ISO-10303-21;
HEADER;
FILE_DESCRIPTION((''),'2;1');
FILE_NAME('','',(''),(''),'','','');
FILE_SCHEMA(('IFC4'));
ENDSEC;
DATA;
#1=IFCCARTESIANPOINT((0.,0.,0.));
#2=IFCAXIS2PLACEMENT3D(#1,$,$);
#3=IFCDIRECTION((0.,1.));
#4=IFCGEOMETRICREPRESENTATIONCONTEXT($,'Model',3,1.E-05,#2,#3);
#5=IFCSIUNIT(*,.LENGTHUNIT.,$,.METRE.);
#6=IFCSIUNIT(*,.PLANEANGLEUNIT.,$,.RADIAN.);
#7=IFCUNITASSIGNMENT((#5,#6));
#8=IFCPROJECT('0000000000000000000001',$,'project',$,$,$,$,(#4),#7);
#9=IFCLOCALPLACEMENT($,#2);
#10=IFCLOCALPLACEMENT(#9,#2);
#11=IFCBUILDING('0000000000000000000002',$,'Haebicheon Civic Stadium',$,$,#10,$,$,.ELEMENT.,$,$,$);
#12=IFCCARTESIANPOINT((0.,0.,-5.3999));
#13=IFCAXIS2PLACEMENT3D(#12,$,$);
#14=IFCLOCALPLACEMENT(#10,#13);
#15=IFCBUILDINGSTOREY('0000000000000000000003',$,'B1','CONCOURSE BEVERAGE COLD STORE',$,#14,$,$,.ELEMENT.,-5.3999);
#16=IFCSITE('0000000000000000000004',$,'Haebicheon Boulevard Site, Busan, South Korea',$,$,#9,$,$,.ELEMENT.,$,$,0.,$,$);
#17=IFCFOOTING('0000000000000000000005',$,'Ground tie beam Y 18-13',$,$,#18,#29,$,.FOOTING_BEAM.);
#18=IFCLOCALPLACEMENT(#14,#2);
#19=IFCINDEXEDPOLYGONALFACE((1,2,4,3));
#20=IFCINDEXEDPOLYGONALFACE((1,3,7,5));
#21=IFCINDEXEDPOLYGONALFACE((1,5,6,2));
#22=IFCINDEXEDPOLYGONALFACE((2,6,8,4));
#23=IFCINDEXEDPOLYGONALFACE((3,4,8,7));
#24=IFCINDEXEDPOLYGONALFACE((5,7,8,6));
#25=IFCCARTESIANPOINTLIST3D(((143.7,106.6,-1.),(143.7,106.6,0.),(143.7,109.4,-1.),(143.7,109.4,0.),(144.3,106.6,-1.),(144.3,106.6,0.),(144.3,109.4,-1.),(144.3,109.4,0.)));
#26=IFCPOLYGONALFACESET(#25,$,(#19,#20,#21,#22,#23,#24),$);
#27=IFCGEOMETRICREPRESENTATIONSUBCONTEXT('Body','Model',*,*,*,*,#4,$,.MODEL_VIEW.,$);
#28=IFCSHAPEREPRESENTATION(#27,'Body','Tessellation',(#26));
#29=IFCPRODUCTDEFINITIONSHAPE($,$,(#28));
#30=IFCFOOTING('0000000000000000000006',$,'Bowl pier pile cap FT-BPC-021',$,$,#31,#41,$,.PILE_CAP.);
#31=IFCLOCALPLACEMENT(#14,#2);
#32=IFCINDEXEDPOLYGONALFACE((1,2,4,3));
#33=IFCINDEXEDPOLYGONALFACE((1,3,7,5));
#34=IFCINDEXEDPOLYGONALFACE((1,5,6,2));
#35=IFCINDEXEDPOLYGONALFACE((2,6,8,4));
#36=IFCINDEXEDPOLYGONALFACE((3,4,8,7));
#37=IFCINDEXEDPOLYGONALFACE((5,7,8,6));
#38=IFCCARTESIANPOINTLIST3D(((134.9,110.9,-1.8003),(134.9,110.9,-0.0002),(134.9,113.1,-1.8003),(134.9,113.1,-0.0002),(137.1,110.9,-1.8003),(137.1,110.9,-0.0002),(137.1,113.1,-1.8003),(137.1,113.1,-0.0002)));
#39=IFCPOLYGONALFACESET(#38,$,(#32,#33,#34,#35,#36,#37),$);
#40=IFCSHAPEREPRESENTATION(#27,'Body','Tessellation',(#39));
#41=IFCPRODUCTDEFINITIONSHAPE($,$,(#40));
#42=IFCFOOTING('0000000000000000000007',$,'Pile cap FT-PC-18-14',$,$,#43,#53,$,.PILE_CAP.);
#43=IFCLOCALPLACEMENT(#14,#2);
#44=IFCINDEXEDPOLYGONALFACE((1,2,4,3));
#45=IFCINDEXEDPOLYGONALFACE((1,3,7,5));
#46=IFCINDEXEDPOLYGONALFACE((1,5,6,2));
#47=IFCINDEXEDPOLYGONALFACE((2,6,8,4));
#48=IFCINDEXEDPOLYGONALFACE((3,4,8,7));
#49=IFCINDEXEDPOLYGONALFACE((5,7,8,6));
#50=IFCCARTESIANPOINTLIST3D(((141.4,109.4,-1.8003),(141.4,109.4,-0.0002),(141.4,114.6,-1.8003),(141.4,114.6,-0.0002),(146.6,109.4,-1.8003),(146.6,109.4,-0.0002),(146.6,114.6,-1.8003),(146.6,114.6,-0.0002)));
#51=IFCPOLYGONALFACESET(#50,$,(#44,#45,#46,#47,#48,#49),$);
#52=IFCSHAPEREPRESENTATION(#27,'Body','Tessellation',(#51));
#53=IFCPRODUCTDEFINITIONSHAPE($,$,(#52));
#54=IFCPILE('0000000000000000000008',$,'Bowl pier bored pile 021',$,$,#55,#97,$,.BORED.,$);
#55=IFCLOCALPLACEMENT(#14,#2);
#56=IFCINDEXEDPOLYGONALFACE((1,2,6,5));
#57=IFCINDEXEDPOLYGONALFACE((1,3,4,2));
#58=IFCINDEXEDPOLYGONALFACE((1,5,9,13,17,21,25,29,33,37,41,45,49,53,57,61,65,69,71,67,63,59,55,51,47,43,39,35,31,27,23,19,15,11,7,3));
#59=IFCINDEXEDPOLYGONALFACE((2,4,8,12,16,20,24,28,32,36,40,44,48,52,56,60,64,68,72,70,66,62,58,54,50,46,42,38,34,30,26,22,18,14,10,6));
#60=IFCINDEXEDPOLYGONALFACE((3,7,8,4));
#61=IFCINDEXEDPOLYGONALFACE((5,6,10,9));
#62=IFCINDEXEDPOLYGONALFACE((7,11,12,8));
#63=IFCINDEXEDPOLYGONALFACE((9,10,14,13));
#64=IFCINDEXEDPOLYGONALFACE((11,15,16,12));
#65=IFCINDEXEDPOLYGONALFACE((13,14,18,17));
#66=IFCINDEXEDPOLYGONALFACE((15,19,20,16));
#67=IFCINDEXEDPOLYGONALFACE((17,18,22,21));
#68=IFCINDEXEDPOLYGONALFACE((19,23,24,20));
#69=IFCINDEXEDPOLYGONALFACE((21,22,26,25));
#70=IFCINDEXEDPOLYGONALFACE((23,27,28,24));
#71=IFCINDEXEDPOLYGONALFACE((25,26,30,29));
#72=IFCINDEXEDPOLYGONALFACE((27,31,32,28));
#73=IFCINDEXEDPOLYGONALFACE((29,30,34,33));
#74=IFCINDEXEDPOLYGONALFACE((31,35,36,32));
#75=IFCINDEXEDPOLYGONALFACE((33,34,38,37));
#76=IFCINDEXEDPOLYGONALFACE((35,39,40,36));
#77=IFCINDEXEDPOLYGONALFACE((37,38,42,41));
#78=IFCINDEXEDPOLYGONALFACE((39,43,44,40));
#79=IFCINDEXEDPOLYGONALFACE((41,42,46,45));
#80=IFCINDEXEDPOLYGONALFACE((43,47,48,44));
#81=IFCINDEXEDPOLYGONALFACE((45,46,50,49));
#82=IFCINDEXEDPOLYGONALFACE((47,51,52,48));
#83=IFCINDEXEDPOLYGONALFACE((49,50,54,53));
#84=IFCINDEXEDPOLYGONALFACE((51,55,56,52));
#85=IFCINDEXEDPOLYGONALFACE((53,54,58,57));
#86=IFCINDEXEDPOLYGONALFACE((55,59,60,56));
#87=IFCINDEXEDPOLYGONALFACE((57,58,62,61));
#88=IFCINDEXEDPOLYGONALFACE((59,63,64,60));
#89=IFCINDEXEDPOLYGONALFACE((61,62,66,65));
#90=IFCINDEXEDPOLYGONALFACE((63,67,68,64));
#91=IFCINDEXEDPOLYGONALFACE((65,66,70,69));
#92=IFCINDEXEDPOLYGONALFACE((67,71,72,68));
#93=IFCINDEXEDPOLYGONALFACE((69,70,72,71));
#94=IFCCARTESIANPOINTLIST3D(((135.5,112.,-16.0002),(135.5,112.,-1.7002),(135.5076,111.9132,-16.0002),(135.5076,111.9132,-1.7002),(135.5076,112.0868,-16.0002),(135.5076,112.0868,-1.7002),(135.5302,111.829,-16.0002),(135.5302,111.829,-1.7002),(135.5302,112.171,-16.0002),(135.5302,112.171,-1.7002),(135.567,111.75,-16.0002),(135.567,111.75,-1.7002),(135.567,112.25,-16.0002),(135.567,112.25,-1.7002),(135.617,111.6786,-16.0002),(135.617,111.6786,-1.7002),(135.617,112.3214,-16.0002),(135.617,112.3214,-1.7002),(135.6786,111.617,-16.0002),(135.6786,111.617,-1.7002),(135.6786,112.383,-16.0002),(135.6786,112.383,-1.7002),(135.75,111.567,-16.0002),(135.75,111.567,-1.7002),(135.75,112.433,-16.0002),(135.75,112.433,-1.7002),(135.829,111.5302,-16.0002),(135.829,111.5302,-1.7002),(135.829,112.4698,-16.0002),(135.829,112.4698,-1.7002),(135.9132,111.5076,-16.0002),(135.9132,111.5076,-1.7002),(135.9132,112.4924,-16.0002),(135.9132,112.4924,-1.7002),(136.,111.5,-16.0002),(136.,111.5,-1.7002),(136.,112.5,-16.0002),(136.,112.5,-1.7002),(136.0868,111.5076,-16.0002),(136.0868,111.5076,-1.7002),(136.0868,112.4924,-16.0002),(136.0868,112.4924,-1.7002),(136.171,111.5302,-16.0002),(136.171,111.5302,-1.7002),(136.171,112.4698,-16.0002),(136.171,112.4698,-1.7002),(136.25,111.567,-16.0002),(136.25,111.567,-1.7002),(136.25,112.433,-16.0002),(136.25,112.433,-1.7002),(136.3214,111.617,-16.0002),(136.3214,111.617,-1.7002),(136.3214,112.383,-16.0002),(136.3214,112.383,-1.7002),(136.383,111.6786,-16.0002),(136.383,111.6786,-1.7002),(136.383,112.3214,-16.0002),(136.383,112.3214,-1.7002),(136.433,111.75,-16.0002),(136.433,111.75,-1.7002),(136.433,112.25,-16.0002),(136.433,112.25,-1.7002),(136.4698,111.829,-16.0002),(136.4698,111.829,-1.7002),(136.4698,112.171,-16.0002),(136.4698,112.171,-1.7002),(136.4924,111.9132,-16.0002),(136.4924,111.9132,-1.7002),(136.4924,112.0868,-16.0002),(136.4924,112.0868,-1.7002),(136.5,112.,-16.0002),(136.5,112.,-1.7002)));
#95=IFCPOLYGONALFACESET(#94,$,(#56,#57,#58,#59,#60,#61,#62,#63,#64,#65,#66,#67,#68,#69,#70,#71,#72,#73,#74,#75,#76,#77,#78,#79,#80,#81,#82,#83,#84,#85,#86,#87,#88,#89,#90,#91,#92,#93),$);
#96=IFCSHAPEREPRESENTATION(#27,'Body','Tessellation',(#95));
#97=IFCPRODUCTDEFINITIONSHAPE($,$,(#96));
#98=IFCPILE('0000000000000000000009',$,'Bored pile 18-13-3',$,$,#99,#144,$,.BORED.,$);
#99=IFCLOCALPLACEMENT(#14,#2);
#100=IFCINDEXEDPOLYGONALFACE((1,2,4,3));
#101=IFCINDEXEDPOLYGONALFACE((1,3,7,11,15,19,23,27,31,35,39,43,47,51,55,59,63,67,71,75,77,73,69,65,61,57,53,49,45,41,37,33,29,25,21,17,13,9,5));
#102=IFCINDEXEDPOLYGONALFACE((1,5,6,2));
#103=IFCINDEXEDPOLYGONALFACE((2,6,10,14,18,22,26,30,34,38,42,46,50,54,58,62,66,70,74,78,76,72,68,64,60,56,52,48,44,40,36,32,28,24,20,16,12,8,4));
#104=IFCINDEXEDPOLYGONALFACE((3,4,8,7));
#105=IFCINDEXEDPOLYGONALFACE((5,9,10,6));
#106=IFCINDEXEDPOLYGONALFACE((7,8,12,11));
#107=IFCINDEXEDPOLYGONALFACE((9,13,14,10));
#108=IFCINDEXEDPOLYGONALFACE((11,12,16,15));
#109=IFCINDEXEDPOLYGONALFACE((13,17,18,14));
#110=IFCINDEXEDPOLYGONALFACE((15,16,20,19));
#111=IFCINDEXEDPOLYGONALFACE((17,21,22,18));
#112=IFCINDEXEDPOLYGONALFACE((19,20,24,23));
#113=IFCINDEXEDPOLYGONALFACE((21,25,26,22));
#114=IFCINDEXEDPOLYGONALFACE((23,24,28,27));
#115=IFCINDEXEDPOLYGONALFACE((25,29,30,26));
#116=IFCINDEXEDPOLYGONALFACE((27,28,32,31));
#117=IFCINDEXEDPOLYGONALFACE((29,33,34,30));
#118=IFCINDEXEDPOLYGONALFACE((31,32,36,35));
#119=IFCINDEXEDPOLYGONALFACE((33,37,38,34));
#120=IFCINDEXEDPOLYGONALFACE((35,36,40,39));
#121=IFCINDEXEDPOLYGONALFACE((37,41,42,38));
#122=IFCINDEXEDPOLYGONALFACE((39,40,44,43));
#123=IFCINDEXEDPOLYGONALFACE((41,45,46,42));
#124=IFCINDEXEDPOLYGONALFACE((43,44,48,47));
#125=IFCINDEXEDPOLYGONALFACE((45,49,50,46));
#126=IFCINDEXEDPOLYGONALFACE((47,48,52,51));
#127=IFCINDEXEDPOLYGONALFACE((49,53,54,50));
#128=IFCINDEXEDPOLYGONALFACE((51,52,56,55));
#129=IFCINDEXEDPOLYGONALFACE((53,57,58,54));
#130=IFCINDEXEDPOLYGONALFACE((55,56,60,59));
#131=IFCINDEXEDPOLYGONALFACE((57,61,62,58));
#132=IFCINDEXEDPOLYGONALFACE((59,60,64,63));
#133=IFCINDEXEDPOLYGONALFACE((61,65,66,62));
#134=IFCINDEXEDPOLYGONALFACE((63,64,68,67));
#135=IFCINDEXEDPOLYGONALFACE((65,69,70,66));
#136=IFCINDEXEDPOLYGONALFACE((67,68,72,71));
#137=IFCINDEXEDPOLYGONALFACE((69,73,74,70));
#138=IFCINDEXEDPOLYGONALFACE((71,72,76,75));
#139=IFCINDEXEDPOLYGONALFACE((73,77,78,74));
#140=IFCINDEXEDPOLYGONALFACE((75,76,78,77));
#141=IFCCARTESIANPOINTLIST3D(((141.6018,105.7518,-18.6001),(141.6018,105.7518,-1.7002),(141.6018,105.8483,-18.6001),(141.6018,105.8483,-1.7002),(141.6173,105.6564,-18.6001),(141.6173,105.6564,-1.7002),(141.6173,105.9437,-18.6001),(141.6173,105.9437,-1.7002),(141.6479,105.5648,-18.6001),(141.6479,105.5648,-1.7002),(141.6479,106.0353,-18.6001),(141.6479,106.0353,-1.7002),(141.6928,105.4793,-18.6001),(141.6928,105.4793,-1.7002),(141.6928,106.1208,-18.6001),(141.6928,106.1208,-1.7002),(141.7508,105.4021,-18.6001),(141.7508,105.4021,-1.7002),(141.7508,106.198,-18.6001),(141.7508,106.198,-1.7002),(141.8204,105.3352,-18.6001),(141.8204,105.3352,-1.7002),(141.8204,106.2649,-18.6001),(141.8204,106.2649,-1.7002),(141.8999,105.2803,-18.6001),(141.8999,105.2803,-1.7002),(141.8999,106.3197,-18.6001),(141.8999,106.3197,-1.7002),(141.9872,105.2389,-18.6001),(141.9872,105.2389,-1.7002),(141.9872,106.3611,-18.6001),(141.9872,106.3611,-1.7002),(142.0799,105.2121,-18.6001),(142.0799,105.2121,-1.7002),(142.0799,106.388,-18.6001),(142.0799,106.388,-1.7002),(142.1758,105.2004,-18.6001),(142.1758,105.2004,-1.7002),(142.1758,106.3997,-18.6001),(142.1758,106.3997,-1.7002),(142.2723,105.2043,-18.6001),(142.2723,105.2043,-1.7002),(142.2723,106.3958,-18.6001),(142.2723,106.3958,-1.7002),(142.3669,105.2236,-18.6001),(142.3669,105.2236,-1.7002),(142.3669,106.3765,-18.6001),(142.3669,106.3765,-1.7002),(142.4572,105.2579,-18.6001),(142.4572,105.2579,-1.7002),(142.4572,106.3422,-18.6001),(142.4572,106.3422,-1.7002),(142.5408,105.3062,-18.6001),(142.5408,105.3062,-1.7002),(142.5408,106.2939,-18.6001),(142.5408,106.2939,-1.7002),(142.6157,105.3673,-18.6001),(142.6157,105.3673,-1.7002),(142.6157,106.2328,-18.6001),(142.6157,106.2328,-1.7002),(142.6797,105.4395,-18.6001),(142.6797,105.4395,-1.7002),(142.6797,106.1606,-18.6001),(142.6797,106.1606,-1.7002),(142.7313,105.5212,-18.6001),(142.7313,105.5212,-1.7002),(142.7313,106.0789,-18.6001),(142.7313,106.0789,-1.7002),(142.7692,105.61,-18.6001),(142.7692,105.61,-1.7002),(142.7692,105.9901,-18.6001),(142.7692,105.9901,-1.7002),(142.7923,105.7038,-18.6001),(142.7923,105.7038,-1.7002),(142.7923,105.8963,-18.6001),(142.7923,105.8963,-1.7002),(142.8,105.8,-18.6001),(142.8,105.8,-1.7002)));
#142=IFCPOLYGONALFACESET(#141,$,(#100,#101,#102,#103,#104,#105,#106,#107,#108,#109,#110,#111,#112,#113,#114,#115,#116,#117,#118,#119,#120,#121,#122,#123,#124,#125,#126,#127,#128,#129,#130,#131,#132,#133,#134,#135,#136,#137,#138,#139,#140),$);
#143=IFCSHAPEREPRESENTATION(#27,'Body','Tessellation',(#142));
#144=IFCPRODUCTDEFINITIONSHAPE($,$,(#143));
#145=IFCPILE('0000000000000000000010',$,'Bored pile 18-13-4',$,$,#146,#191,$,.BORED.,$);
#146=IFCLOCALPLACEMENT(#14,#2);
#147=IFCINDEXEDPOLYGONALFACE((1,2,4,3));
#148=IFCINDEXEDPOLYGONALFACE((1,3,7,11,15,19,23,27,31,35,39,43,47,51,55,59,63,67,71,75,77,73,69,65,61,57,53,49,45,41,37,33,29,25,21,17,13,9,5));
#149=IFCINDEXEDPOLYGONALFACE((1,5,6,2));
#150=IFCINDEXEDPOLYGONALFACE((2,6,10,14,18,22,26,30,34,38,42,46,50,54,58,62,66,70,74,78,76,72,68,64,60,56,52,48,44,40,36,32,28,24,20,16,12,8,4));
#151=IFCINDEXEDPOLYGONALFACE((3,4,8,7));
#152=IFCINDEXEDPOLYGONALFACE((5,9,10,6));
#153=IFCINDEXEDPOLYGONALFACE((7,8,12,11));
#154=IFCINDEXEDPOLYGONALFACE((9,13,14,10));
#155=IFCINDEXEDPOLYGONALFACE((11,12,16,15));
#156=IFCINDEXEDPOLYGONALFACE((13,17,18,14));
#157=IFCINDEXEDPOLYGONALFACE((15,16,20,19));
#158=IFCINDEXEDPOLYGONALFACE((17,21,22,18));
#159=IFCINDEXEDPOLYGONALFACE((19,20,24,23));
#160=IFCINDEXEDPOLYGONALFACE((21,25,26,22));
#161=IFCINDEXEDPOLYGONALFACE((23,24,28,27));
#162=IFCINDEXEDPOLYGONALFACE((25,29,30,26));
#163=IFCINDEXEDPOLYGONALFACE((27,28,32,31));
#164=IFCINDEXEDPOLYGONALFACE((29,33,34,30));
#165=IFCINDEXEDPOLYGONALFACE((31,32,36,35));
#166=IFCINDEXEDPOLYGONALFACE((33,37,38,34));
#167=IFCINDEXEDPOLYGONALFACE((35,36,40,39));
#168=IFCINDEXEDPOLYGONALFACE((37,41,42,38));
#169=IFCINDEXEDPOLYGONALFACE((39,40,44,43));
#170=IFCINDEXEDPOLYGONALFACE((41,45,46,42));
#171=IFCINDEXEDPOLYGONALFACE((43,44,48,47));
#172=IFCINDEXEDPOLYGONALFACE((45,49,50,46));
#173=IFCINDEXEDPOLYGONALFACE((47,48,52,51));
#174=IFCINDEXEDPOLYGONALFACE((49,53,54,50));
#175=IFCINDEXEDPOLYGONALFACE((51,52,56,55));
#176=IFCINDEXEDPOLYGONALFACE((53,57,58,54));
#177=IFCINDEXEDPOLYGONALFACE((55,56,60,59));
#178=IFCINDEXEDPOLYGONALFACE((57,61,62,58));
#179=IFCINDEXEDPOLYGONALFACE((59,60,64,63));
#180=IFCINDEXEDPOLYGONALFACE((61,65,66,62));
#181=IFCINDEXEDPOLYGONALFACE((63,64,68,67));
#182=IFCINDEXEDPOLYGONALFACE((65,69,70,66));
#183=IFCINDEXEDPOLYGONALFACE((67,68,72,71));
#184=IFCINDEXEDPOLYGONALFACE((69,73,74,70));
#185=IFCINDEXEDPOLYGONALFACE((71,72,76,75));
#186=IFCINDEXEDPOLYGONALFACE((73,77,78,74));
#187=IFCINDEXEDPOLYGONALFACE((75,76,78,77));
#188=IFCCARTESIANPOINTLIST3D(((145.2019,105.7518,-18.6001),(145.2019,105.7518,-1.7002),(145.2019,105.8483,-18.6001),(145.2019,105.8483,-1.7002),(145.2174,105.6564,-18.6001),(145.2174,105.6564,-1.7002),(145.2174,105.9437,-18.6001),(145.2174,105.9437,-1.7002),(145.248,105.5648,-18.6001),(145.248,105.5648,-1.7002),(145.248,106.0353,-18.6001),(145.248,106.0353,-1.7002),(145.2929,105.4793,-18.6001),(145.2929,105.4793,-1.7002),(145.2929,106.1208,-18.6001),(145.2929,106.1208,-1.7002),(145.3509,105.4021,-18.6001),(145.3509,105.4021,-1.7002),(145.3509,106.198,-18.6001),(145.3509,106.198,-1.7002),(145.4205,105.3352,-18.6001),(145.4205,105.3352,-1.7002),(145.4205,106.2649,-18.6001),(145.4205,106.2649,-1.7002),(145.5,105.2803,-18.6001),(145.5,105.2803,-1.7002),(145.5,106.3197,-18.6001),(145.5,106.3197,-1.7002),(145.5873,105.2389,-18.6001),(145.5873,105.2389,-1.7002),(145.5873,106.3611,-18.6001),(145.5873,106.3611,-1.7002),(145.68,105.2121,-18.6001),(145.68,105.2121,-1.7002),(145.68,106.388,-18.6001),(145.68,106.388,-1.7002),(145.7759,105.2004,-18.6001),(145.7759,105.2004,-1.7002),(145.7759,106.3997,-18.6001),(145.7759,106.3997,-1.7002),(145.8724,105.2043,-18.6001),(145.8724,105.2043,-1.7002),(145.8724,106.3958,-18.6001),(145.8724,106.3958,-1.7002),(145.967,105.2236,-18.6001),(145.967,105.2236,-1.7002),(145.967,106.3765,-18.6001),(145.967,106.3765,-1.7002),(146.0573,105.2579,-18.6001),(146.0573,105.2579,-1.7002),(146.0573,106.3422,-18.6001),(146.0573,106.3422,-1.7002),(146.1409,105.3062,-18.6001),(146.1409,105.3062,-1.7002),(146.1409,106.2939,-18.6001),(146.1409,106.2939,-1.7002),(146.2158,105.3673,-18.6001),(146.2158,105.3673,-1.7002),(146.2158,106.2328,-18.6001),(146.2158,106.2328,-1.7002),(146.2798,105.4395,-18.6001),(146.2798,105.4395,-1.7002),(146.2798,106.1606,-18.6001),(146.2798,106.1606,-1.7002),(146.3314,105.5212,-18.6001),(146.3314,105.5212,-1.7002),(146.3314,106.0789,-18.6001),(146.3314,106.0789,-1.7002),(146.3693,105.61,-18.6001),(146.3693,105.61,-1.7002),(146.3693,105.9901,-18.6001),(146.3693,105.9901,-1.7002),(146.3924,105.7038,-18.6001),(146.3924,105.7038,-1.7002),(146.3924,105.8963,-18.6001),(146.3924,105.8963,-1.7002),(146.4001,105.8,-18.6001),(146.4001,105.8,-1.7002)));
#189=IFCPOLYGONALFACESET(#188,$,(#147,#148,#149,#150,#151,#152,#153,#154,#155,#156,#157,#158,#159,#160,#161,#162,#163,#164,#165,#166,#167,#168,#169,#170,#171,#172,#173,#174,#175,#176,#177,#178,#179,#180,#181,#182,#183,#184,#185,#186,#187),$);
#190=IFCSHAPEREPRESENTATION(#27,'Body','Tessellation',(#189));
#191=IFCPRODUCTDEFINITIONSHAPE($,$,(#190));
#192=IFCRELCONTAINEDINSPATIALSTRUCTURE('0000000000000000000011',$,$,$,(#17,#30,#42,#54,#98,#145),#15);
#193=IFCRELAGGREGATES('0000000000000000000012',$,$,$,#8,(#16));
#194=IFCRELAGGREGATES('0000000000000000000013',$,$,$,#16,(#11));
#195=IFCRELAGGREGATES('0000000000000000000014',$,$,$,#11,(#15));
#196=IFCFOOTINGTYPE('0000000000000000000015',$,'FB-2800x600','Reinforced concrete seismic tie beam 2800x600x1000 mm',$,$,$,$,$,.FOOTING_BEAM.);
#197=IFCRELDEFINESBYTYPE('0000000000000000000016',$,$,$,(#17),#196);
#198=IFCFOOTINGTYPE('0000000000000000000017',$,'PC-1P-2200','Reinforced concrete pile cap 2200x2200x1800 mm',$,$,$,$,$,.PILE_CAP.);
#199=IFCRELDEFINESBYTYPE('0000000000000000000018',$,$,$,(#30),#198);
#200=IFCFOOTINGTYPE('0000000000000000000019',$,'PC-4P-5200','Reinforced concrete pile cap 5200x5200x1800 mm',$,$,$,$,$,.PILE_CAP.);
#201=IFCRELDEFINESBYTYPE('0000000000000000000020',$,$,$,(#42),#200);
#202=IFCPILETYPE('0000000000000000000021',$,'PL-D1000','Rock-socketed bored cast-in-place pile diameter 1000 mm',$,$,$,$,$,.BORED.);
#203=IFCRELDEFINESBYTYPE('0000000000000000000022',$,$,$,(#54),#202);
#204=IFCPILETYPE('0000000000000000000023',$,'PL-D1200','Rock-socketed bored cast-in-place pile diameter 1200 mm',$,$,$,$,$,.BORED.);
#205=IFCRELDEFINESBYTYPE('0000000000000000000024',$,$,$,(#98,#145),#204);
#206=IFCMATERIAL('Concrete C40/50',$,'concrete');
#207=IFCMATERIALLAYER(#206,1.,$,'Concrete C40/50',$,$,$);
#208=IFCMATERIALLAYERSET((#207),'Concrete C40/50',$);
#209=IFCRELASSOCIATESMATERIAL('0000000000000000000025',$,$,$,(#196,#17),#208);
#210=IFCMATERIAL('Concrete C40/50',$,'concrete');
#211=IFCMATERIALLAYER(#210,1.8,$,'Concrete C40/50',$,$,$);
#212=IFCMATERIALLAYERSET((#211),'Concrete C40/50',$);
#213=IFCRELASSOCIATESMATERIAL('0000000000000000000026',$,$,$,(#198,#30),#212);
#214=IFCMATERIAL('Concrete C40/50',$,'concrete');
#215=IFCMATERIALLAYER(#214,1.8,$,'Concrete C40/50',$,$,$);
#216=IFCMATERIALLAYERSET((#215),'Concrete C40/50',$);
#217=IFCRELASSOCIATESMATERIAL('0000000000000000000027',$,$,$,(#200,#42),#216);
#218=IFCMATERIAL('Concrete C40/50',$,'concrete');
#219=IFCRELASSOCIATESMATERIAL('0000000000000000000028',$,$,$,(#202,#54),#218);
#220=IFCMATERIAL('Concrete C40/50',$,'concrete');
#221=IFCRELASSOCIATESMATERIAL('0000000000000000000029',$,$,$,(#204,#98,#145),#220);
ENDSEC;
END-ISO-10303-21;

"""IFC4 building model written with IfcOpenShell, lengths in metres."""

from ifc_helpers import new_model, si_unit, direction, frame, origin, origin_2d, place, context, subcontext, project, spatial, rectangle, circle, extrude, material, layer, layer_set, material_profile, profile_set, type_object, element, save


model = new_model("IFC4")

# Units and contexts
model_context = context("Model", 3, precision=1e-05, world=origin(), true_north=direction((0.0, 1.0)))
body_context = subcontext(model_context, "Body", "Model", "MODEL_VIEW")
ifc_project = project(units=[si_unit("LENGTHUNIT", "METRE"), si_unit("PLANEANGLEUNIT", "RADIAN")], contexts=[model_context])

# Site, building, storey
site_placement = place(None, origin())
site = spatial("IfcSite", under=ifc_project, at=site_placement, Name="Haebicheon Boulevard Site, Busan, South Korea", CompositionType="ELEMENT", RefElevation=0.0)
building_placement = place(site_placement, origin())
building = spatial("IfcBuilding", under=site, at=building_placement, Name="Haebicheon Civic Stadium", CompositionType="ELEMENT")
storey_placement = place(building_placement, frame((0.0, 0.0, -5.3999)))
storey = spatial("IfcBuildingStorey", under=building, at=storey_placement, Name="B1", Description="CONCOURSE BEVERAGE COLD STORE", CompositionType="ELEMENT", Elevation=-5.3999)

# Footings
ifc_material_1 = material(Name="Concrete C40/50", Category="concrete")
ifc_layer_1 = layer(ifc_material_1, 1.0, Name="Concrete C40/50")
ifc_layer_set_1 = layer_set([ifc_layer_1], Name="Concrete C40/50")
footing_type_1 = type_object("IfcFootingType", Name="FB-2800x600", Description="Reinforced concrete seismic tie beam 2800x600x1000 mm", PredefinedType="FOOTING_BEAM", material=ifc_layer_set_1)
footing_1_placement = place(storey_placement, frame((144.0, 108.0, -1.0), z_axis=(0.0, 0.0, 1.0), x_axis=(0.0, 1.0, 0.0)))
element("IfcFooting", 1, at=footing_1_placement, inside=storey, type_object=footing_type_1, material=ifc_layer_set_1, Name="Ground tie beam Y 18-13", PredefinedType="FOOTING_BEAM", context=body_context, shape_type="SweptSolid", body=[
    extrude(rectangle(XDim=2.8, YDim=0.6001, at=origin_2d()), origin(), (0.0, 0.0, 1.0), 1.0),
])
ifc_material_2 = material(Name="Concrete C40/50", Category="concrete")
ifc_layer_2 = layer(ifc_material_2, 1.8, Name="Concrete C40/50")
ifc_layer_set_2 = layer_set([ifc_layer_2], Name="Concrete C40/50")
footing_type_2 = type_object("IfcFootingType", Name="PC-1P-2200", Description="Reinforced concrete pile cap 2200x2200x1800 mm", PredefinedType="PILE_CAP", material=ifc_layer_set_2)
footing_2_placement = place(storey_placement, frame((136.0, 112.0, -1.8003), z_axis=(0.0, 0.0, 1.0), x_axis=(1.0, 0.0, 0.0)))
element("IfcFooting", 2, at=footing_2_placement, inside=storey, type_object=footing_type_2, material=ifc_layer_set_2, Name="Bowl pier pile cap FT-BPC-021", PredefinedType="PILE_CAP", context=body_context, shape_type="SweptSolid", body=[
    extrude(rectangle(XDim=2.2, YDim=2.2, at=origin_2d()), origin(), (0.0, 0.0, 1.0), 1.8),
])
ifc_material_3 = material(Name="Concrete C40/50", Category="concrete")
ifc_layer_3 = layer(ifc_material_3, 1.8, Name="Concrete C40/50")
ifc_layer_set_3 = layer_set([ifc_layer_3], Name="Concrete C40/50")
footing_type_3 = type_object("IfcFootingType", Name="PC-4P-5200", Description="Reinforced concrete pile cap 5200x5200x1800 mm", PredefinedType="PILE_CAP", material=ifc_layer_set_3)
footing_3_placement = place(storey_placement, frame((144.0, 112.0, -1.8003), z_axis=(0.0, 0.0, 1.0), x_axis=(1.0, 0.0, 0.0)))
element("IfcFooting", 3, at=footing_3_placement, inside=storey, type_object=footing_type_3, material=ifc_layer_set_3, Name="Pile cap FT-PC-18-14", PredefinedType="PILE_CAP", context=body_context, shape_type="SweptSolid", body=[
    extrude(rectangle(XDim=5.2, YDim=5.2, at=origin_2d()), origin(), (0.0, 0.0, 1.0), 1.8),
])

# Piles
ifc_material_4 = material(Name="Concrete C40/50", Category="concrete")
ifc_material_profile_1 = material_profile(ifc_material_4, circle(Radius=0.5, at=origin_2d()), Name="PILE-D1000")
ifc_profile_set_1 = profile_set([ifc_material_profile_1], Name="Concrete C40/50")
pile_type_1 = type_object("IfcPileType", Name="PL-D1000", Description="Rock-socketed bored cast-in-place pile diameter 1000 mm", PredefinedType="BORED", material=ifc_profile_set_1)
pile_placement = place(storey_placement, frame((136.0, 112.0, -1.7002), z_axis=(0.0, 0.0, -1.0), x_axis=(1.0, 0.0, 0.0)))
element("IfcPile", 4, at=pile_placement, inside=storey, type_object=pile_type_1, material=ifc_profile_set_1, Name="Bowl pier bored pile 021", PredefinedType="BORED", context=body_context, shape_type="SweptSolid", body=[
    extrude(circle(Radius=0.5, at=origin_2d()), origin(), (0.0, 0.0, 1.0), 14.3),
])
ifc_material_5 = material(Name="Concrete C40/50", Category="concrete")
ifc_material_profile_2 = material_profile(ifc_material_5, circle(Radius=0.6001, at=origin_2d()), Name="PILE-D1200")
ifc_profile_set_2 = profile_set([ifc_material_profile_2], Name="Concrete C40/50")
pile_type_2 = type_object("IfcPileType", Name="PL-D1200", Description="Rock-socketed bored cast-in-place pile diameter 1200 mm", PredefinedType="BORED", material=ifc_profile_set_2)
for number, where, z_axis, x_axis, name in (
    (5, (142.2, 105.8, -1.7002), (0.0, 0.0, -1.0), (1.0, 0.0, 0.0), "Bored pile 18-13-3"),
    (6, (145.8, 105.8, -1.7002), (0.0, 0.0, -1.0), (1.0, 0.0, 0.0), "Bored pile 18-13-4"),
):
    element("IfcPile", number, at=place(storey_placement, frame(where, z_axis=z_axis, x_axis=x_axis)), inside=storey, type_object=pile_type_2, material=ifc_profile_set_2, Name=name, PredefinedType="BORED", context=body_context, shape_type="SweptSolid", body=[
        extrude(circle(Radius=0.6001, at=origin_2d()), origin(), (0.0, 0.0, 1.0), 16.8999),
    ])

save(model, "model.ifc")
